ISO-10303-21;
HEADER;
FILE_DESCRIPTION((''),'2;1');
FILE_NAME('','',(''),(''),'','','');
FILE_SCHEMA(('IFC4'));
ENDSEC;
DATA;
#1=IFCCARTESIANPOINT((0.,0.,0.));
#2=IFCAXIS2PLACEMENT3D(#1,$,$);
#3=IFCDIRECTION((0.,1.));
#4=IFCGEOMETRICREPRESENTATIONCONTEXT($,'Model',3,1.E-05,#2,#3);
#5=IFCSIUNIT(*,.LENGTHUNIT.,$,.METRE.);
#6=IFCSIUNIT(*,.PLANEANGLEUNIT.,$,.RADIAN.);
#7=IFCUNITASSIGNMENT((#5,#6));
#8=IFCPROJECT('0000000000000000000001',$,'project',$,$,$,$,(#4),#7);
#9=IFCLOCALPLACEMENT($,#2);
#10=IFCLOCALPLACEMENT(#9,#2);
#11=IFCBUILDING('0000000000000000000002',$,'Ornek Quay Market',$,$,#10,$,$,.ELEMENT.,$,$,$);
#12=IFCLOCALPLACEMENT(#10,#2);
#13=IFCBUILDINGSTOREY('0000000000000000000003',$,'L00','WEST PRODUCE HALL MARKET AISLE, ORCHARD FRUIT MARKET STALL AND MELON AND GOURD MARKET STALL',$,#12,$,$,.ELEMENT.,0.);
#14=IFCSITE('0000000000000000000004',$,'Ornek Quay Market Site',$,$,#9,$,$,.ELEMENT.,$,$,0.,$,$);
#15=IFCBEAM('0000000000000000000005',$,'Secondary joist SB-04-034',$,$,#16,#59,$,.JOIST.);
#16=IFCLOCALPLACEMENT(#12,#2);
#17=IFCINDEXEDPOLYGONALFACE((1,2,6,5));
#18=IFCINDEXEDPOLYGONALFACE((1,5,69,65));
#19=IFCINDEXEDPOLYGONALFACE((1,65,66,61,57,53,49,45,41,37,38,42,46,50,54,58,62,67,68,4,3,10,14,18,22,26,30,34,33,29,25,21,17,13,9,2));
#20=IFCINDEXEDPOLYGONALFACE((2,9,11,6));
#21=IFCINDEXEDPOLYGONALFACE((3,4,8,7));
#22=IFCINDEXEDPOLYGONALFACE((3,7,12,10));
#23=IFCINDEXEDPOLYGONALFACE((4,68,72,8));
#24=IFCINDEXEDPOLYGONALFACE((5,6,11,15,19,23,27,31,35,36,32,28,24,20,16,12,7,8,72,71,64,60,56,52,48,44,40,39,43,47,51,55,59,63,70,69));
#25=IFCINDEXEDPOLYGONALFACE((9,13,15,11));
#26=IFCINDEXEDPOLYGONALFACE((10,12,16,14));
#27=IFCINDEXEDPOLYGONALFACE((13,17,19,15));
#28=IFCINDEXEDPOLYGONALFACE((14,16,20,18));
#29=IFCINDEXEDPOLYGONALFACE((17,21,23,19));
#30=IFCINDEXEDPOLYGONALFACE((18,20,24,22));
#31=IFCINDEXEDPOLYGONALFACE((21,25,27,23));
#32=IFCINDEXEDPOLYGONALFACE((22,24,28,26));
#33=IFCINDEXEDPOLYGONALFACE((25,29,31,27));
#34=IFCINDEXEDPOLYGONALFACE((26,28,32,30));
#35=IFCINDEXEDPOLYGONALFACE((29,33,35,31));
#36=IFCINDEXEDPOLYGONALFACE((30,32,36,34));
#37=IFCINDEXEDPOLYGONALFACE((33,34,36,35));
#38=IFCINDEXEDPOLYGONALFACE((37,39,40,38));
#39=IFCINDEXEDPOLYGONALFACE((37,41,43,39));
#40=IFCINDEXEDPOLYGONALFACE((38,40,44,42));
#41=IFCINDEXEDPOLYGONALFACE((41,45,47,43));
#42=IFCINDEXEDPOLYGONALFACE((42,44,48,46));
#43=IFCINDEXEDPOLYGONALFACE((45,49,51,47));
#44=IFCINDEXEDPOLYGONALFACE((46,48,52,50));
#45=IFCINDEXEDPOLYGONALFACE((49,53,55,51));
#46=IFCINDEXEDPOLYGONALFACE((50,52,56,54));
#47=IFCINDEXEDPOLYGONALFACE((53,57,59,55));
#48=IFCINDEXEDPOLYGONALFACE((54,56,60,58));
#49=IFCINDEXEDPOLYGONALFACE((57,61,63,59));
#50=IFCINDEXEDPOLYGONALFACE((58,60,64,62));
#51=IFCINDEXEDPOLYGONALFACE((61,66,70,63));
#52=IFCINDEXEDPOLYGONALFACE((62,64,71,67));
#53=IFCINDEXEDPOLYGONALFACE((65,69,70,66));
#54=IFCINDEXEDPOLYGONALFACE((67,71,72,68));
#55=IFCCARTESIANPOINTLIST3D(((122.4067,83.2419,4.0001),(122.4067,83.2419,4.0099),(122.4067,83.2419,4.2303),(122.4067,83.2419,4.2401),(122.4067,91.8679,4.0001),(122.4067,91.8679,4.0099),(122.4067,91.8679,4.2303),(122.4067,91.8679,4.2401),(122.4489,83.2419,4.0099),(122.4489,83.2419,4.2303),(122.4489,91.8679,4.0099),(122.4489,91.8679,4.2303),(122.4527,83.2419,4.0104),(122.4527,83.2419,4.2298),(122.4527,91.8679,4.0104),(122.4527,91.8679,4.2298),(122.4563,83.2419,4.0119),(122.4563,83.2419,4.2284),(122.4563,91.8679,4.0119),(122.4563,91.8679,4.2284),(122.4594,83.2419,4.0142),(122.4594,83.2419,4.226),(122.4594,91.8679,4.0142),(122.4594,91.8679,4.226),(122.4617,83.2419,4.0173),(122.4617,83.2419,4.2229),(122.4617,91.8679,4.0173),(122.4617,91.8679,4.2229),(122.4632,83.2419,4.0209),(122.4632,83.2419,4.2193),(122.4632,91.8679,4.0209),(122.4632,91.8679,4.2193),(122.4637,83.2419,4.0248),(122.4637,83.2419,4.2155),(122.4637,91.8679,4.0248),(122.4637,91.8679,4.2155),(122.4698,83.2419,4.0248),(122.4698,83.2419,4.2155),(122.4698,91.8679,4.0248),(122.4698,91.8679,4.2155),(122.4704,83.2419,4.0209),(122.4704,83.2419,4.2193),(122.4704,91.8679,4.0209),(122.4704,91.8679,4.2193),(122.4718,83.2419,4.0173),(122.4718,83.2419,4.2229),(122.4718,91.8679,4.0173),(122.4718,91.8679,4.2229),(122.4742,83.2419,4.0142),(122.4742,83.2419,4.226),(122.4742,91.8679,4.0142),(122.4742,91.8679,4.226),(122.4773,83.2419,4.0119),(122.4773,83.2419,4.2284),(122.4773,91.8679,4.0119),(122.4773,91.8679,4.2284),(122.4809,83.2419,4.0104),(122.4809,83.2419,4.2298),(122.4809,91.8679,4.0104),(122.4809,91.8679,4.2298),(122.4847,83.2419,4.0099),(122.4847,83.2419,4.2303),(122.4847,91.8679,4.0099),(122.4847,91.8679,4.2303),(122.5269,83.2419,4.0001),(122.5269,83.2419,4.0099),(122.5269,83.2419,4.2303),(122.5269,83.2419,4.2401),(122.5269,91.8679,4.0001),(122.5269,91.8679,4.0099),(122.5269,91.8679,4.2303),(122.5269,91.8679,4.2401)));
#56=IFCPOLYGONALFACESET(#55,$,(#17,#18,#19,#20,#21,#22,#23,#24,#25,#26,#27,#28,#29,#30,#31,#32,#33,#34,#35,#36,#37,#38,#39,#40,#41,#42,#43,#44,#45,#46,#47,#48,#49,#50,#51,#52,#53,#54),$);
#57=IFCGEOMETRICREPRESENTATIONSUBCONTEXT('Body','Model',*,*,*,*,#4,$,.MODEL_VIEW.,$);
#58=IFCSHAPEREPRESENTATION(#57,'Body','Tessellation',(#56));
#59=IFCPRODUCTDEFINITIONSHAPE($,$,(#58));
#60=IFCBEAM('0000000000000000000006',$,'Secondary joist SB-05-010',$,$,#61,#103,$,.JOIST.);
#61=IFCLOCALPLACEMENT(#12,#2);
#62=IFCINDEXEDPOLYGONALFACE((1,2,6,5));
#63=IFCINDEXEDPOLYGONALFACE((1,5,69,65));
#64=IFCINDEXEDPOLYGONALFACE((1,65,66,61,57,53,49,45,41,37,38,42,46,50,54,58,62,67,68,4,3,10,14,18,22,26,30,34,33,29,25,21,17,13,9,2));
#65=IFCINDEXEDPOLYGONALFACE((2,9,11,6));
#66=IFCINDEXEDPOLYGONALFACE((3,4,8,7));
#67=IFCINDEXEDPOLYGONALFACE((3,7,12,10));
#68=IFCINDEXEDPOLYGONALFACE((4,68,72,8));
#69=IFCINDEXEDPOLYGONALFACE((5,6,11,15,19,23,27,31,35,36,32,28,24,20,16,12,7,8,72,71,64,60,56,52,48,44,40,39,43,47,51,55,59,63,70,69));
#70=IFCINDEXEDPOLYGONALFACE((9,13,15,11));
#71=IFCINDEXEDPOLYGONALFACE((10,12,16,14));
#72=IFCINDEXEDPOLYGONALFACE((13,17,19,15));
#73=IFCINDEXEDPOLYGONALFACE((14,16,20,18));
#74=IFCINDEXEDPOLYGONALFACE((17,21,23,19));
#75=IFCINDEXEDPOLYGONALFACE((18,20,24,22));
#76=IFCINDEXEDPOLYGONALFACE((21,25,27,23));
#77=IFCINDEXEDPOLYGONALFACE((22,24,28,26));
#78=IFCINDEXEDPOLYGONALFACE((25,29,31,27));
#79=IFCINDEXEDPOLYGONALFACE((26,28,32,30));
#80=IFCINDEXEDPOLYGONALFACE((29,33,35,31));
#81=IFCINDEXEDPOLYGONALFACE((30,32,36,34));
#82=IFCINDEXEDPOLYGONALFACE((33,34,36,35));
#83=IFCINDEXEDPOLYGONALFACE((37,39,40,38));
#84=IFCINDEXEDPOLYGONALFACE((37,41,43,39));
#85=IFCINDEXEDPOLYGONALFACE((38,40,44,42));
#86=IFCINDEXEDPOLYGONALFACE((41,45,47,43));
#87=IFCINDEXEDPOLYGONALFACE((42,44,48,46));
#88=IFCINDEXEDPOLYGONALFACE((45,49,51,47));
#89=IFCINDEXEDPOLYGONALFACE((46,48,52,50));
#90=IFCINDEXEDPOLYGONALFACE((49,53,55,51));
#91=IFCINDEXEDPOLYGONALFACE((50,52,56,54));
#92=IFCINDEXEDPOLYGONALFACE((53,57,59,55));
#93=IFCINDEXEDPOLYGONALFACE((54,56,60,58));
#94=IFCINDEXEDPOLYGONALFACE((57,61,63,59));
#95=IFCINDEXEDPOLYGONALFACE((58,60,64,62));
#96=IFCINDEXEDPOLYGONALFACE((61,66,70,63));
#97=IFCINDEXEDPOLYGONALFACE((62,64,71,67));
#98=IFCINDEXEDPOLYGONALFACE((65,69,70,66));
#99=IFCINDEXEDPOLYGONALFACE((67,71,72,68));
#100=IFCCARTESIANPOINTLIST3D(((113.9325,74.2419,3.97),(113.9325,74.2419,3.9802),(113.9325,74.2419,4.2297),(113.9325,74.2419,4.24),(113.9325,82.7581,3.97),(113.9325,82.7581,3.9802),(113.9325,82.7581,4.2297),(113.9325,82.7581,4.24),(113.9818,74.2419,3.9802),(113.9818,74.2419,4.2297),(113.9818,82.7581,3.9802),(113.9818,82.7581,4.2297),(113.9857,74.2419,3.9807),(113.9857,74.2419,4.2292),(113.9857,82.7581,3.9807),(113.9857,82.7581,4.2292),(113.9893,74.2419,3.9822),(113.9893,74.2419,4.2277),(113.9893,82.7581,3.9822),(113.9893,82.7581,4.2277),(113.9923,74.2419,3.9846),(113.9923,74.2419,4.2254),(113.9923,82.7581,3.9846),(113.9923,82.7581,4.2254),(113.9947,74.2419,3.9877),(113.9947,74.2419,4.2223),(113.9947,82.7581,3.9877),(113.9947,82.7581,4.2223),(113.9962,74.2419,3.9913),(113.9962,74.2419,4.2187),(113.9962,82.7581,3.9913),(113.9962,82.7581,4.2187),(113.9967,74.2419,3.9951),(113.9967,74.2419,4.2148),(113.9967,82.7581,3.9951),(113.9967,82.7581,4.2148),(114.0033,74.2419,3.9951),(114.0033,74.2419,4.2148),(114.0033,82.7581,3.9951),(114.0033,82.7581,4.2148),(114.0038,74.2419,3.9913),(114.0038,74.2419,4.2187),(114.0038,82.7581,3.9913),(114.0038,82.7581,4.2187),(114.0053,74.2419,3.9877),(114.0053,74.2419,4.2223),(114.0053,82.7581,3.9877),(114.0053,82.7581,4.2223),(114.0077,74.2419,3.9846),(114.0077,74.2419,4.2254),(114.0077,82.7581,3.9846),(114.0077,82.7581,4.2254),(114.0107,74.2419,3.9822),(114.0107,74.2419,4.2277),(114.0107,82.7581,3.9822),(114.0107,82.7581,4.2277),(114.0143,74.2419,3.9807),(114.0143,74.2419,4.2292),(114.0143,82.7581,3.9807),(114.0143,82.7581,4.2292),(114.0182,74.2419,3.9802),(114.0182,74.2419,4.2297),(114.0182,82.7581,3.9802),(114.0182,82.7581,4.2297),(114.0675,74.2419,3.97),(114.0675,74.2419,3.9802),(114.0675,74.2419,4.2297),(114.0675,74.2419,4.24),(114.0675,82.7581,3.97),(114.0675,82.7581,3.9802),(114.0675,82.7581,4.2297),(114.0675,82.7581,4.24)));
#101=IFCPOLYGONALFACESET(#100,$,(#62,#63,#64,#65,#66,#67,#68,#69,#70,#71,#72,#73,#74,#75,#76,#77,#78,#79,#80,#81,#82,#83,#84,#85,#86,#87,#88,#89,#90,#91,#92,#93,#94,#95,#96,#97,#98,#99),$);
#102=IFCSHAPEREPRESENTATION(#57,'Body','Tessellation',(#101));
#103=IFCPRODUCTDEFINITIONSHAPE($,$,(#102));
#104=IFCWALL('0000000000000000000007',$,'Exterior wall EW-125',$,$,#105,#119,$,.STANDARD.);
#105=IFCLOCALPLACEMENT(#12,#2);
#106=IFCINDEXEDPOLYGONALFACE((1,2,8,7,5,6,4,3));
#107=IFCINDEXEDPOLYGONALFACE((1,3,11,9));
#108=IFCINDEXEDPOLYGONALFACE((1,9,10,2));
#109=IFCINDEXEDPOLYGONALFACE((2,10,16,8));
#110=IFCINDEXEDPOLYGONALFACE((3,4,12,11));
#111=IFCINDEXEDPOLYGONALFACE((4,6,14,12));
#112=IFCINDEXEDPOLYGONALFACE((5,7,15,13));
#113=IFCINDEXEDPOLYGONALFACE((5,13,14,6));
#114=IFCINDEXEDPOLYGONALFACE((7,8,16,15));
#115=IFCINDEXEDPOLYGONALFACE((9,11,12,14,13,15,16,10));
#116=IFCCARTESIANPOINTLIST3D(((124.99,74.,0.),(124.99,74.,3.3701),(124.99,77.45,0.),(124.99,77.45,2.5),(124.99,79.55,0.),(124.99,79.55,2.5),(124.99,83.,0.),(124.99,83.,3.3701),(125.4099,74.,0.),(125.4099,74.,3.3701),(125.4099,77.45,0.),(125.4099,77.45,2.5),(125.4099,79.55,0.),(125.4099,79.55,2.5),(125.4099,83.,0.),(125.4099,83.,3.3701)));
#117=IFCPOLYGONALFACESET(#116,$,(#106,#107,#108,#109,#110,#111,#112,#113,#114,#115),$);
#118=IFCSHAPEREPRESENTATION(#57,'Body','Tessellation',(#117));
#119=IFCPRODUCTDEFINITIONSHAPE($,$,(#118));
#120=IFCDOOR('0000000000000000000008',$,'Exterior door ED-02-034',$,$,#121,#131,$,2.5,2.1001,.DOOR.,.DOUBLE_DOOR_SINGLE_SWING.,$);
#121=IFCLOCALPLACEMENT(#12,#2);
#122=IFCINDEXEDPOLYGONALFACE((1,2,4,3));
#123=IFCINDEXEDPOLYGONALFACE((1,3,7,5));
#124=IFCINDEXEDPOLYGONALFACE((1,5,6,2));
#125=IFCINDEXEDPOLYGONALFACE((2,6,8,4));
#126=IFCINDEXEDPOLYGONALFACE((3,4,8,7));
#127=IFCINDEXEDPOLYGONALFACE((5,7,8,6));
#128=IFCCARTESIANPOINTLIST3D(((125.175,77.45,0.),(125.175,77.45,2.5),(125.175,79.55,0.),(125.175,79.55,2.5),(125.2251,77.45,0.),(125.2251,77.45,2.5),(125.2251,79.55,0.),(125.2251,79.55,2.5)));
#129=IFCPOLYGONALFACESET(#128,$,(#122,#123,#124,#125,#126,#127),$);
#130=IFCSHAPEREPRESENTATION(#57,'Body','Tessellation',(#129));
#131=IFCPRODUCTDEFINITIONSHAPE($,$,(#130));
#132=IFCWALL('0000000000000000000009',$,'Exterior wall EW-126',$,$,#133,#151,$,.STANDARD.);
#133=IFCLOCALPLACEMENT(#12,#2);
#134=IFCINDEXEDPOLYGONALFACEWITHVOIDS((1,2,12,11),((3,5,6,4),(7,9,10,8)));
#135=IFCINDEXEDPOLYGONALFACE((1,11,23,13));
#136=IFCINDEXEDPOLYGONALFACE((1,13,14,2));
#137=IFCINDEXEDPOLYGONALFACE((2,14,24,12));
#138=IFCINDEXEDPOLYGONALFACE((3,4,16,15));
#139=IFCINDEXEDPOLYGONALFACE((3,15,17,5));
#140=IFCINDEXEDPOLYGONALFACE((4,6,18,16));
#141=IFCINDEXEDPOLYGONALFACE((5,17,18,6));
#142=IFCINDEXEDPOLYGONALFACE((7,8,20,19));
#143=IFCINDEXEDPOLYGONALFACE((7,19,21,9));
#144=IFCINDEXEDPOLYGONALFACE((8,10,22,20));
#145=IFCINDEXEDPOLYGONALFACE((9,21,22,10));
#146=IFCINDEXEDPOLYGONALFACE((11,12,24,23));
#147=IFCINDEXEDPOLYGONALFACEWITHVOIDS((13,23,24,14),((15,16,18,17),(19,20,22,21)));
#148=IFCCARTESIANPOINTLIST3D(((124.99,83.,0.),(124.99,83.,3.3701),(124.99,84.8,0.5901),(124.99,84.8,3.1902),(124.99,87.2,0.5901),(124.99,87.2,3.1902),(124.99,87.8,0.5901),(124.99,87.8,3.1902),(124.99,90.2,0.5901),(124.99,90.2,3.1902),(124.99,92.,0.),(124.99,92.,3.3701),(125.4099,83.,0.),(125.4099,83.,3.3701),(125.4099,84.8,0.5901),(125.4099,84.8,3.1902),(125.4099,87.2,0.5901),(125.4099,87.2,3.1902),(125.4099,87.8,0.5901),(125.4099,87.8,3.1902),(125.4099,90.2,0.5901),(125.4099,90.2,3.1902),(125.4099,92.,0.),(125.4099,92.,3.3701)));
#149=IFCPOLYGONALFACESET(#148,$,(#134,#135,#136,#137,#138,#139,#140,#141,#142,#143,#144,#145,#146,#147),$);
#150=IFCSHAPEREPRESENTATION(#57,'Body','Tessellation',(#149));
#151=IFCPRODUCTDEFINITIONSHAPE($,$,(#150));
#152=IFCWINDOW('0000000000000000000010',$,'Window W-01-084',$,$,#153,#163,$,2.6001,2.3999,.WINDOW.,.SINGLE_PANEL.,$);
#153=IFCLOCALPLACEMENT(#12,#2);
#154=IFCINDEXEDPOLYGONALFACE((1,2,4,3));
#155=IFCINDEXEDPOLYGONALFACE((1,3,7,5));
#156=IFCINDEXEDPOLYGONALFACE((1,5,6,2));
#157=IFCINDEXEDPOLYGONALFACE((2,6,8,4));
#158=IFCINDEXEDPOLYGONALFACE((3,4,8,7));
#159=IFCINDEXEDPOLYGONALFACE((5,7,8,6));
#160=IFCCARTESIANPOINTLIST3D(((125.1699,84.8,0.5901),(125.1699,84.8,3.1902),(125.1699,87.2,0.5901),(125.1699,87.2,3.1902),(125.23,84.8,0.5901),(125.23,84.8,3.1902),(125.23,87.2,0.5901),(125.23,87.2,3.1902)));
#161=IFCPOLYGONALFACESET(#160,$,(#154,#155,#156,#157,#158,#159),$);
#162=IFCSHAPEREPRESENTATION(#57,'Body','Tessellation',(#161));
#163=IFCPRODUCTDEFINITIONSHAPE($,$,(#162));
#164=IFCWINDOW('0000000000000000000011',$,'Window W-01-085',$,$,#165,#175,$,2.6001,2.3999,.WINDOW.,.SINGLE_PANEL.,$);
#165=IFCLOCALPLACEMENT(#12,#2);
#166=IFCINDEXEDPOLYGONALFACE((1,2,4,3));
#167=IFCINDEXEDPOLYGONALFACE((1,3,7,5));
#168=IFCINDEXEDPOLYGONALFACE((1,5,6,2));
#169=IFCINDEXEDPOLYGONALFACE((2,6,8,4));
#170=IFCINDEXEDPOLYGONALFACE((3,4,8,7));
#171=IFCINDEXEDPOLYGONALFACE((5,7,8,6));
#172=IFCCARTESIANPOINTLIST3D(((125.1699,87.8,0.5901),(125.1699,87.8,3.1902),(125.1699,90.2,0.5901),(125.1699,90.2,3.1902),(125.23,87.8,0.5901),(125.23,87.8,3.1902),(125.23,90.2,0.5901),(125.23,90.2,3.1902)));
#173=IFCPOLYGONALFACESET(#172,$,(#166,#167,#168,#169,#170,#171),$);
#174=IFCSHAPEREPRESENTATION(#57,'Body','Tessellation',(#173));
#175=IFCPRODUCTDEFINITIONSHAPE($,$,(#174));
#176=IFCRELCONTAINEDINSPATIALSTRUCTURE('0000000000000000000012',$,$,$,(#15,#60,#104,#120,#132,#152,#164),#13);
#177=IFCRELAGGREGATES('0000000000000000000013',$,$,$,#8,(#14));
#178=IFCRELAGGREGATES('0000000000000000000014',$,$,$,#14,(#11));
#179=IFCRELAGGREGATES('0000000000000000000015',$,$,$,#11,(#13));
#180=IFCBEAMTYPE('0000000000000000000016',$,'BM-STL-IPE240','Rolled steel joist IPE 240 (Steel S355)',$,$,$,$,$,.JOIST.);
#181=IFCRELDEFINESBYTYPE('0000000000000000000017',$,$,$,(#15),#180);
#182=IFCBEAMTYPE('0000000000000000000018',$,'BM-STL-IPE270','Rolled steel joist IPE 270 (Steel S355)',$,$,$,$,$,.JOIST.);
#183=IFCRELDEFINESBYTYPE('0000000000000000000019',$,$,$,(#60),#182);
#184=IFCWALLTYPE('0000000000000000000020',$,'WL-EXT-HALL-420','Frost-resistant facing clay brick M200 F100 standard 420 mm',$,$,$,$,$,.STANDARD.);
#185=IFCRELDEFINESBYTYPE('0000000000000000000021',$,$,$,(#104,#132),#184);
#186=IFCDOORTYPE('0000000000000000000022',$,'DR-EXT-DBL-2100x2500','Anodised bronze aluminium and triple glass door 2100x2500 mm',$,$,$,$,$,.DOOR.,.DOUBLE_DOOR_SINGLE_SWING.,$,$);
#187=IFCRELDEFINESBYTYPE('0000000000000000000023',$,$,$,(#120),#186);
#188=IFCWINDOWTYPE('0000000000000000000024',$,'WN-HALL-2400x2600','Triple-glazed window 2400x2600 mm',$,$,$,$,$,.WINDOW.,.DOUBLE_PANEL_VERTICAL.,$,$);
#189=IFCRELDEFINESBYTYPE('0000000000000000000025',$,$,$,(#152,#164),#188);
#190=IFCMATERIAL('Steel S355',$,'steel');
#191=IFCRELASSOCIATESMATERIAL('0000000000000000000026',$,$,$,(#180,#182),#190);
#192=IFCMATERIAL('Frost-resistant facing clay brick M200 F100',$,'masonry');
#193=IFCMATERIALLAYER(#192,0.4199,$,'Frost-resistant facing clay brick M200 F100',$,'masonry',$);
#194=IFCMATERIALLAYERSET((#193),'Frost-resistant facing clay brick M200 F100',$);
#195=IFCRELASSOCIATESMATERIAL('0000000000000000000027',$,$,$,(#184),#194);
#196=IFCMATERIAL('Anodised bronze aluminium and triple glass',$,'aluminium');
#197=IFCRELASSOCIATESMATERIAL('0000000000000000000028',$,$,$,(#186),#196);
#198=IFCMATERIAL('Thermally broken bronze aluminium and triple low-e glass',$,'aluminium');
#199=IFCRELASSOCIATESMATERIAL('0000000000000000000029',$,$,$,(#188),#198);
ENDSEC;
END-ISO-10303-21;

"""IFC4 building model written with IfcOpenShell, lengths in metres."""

from ifc_helpers import new_model, si_unit, direction, frame, frame_2d, origin, origin_2d, place, context, subcontext, project, spatial, rectangle, i_section, extrude, material, layer, layer_set, material_profile, profile_set, type_object, element, fill, save


model = new_model("IFC4")

# Units and contexts
model_context = context("Model", 3, precision=1e-05, world=origin(), true_north=direction((0.0, 1.0)))
body_context = subcontext(model_context, "Body", "Model", "MODEL_VIEW")
ifc_project = project(units=[si_unit("LENGTHUNIT", "METRE"), si_unit("PLANEANGLEUNIT", "RADIAN")], contexts=[model_context])

# Site, building, storey
site_placement = place(None, origin())
site = spatial("IfcSite", under=ifc_project, at=site_placement, Name="Ornek Quay Market Site", CompositionType="ELEMENT", RefElevation=0.0)
building_placement = place(site_placement, origin())
building = spatial("IfcBuilding", under=site, at=building_placement, Name="Ornek Quay Market", CompositionType="ELEMENT")
storey_placement = place(building_placement, origin())
storey = spatial("IfcBuildingStorey", under=building, at=storey_placement, Name="L00", Description="WEST PRODUCE HALL MARKET AISLE, ORCHARD FRUIT MARKET STALL AND MELON AND GOURD MARKET STALL", CompositionType="ELEMENT", Elevation=0.0)

# Beams
ifc_material_1 = material(Name="Steel S355", Category="steel")
ifc_material_profile_1 = material_profile(ifc_material_1, i_section(OverallWidth=0.1201, OverallDepth=0.24, WebThickness=0.0061, FlangeThickness=0.0098, FilletRadius=0.0149, at=origin_2d()), Name="IPE 240", Category="steel")
ifc_profile_set_1 = profile_set([ifc_material_profile_1], Name="Steel S355")
beam_type_1 = type_object("IfcBeamType", Name="BM-STL-IPE240", Description="Rolled steel joist IPE 240 (Steel S355)", PredefinedType="JOIST", material=ifc_profile_set_1)
for number, where, z_axis, x_axis, name in (
    (1, (122.4668, 83.2419, 4.1201), (0.0, 1.0, 0.0), (-1.0, 0.0, 0.0), "Secondary joist SB-04-034"),
):
    element("IfcBeam", number, at=place(storey_placement, frame(where, z_axis=z_axis, x_axis=x_axis)), inside=storey, type_object=beam_type_1, Name=name, PredefinedType="JOIST", context=body_context, shape_type="SweptSolid", body=[
        extrude(i_section(OverallWidth=0.1201, OverallDepth=0.24, WebThickness=0.0061, FlangeThickness=0.0098, FilletRadius=0.0149, at=origin_2d()), origin(), (0.0, 0.0, 1.0), 8.626),
    ])
ifc_material_profile_2 = material_profile(ifc_material_1, i_section(OverallWidth=0.135, OverallDepth=0.27, WebThickness=0.0066, FlangeThickness=0.0103, FilletRadius=0.0149, at=origin_2d()), Name="IPE 270", Category="steel")
ifc_profile_set_2 = profile_set([ifc_material_profile_2], Name="Steel S355")
beam_type_2 = type_object("IfcBeamType", Name="BM-STL-IPE270", Description="Rolled steel joist IPE 270 (Steel S355)", PredefinedType="JOIST", material=ifc_profile_set_2)
beam_1_placement = place(storey_placement, frame((114.0, 74.2419, 4.105), z_axis=(0.0, 1.0, 0.0), x_axis=(-1.0, 0.0, 0.0)))
element("IfcBeam", 2, at=beam_1_placement, inside=storey, type_object=beam_type_2, Name="Secondary joist SB-05-010", PredefinedType="JOIST", context=body_context, shape_type="SweptSolid", body=[
    extrude(i_section(OverallWidth=0.135, OverallDepth=0.27, WebThickness=0.0066, FlangeThickness=0.0103, FilletRadius=0.0149, at=origin_2d()), origin(), (0.0, 0.0, 1.0), 8.5161),
])

# Wall, opening, door
ifc_material_2 = material(Name="Frost-resistant facing clay brick M200 F100", Category="masonry")
ifc_layer_1 = layer(ifc_material_2, 0.4199, Name="Frost-resistant facing clay brick M200 F100", Category="masonry")
ifc_layer_set_1 = layer_set([ifc_layer_1], Name="Frost-resistant facing clay brick M200 F100")
wall_type_1 = type_object("IfcWallType", Name="WL-EXT-HALL-420", Description="Frost-resistant facing clay brick M200 F100 standard 420 mm", PredefinedType="STANDARD", material=ifc_layer_set_1)
wall_1_placement = place(storey_placement, frame((125.2, 74.0, 0.0), z_axis=(0.0, 0.0, 1.0), x_axis=(0.0, 1.0, 0.0)))
wall_1 = element("IfcWall", 3, at=wall_1_placement, inside=storey, type_object=wall_type_1, Name="Exterior wall EW-125", PredefinedType="STANDARD", context=body_context, shape_type="SweptSolid", body=[
    extrude(rectangle(XDim=9.0, YDim=0.4199, at=frame_2d((4.5, 0.0))), origin(), (0.0, 0.0, 1.0), 3.3701),
])
opening_1_placement = place(wall_1_placement, frame((3.45, 0.0, 0.0)))
opening_1 = element("IfcOpeningElement", 4, at=opening_1_placement, cuts=wall_1, PredefinedType="OPENING", context=body_context, shape_type="SweptSolid", body=[
    extrude(rectangle(XDim=2.1001, YDim=2.5, at=frame_2d((1.05, 1.25))), frame((0.0, 0.22, 0.0), z_axis=(0.0, -1.0, 0.0), x_axis=(1.0, 0.0, 0.0)), (0.0, 0.0, 1.0), 0.4399),
])
ifc_material_3 = material(Name="Anodised bronze aluminium and triple glass", Category="aluminium")
door_type = type_object("IfcDoorType", Name="DR-EXT-DBL-2100x2500", Description="Anodised bronze aluminium and triple glass door 2100x2500 mm", OperationType="DOUBLE_DOOR_SINGLE_SWING", PredefinedType="DOOR", material=ifc_material_3)
door_placement = place(opening_1_placement, origin())
door = element("IfcDoor", 5, at=door_placement, inside=storey, type_object=door_type, Name="Exterior door ED-02-034", OperationType="DOUBLE_DOOR_SINGLE_SWING", OverallHeight=2.5, OverallWidth=2.1001, PredefinedType="DOOR", context=body_context, shape_type="SweptSolid", body=[
    extrude(rectangle(XDim=2.1001, YDim=2.5, at=frame_2d((1.05, 1.25))), frame((0.0, 0.0249, 0.0), z_axis=(0.0, -1.0, 0.0), x_axis=(1.0, 0.0, 0.0)), (0.0, 0.0, 1.0), 0.05),
])
fill(opening_1, door)

# Wall, openings, windows
wall_2_placement = place(storey_placement, frame((125.2, 83.0, 0.0), z_axis=(0.0, 0.0, 1.0), x_axis=(0.0, 1.0, 0.0)))
wall_2 = element("IfcWall", 6, at=wall_2_placement, inside=storey, type_object=wall_type_1, Name="Exterior wall EW-126", PredefinedType="STANDARD", context=body_context, shape_type="SweptSolid", body=[
    extrude(rectangle(XDim=9.0, YDim=0.4199, at=frame_2d((4.5, 0.0))), origin(), (0.0, 0.0, 1.0), 3.3701),
])
opening_2_placement = place(wall_2_placement, frame((1.8, 0.0, 0.5901)))
opening_2 = element("IfcOpeningElement", 7, at=opening_2_placement, cuts=wall_2, PredefinedType="OPENING", context=body_context, shape_type="SweptSolid", body=[
    extrude(rectangle(XDim=2.3999, YDim=2.6001, at=frame_2d((1.2, 1.3))), frame((0.0, 0.22, 0.0), z_axis=(0.0, -1.0, 0.0), x_axis=(1.0, 0.0, 0.0)), (0.0, 0.0, 1.0), 0.4399),
])
opening_3_placement = place(wall_2_placement, frame((4.8, 0.0, 0.5901)))
opening_3 = element("IfcOpeningElement", 8, at=opening_3_placement, cuts=wall_2, PredefinedType="OPENING", context=body_context, shape_type="SweptSolid", body=[
    extrude(rectangle(XDim=2.3999, YDim=2.6001, at=frame_2d((1.2, 1.3))), frame((0.0, 0.22, 0.0), z_axis=(0.0, -1.0, 0.0), x_axis=(1.0, 0.0, 0.0)), (0.0, 0.0, 1.0), 0.4399),
])
ifc_material_4 = material(Name="Thermally broken bronze aluminium and triple low-e glass", Category="aluminium")
window_type = type_object("IfcWindowType", Name="WN-HALL-2400x2600", Description="Triple-glazed window 2400x2600 mm", PartitioningType="DOUBLE_PANEL_VERTICAL", PredefinedType="WINDOW", material=ifc_material_4)
window_1_placement = place(opening_2_placement, origin())
window_1 = element("IfcWindow", 9, at=window_1_placement, inside=storey, type_object=window_type, Name="Window W-01-084", OverallHeight=2.6001, OverallWidth=2.3999, PartitioningType="SINGLE_PANEL", PredefinedType="WINDOW", context=body_context, shape_type="SweptSolid", body=[
    extrude(rectangle(XDim=2.3999, YDim=2.6001, at=frame_2d((1.2, 1.3))), frame((0.0, 0.03, 0.0), z_axis=(0.0, -1.0, 0.0), x_axis=(1.0, 0.0, 0.0)), (0.0, 0.0, 1.0), 0.0601),
])
fill(opening_2, window_1)
window_2_placement = place(opening_3_placement, origin())
window_2 = element("IfcWindow", 10, at=window_2_placement, inside=storey, type_object=window_type, Name="Window W-01-085", OverallHeight=2.6001, OverallWidth=2.3999, PartitioningType="SINGLE_PANEL", PredefinedType="WINDOW", context=body_context, shape_type="SweptSolid", body=[
    extrude(rectangle(XDim=2.3999, YDim=2.6001, at=frame_2d((1.2, 1.3))), frame((0.0, 0.03, 0.0), z_axis=(0.0, -1.0, 0.0), x_axis=(1.0, 0.0, 0.0)), (0.0, 0.0, 1.0), 0.0601),
])
fill(opening_3, window_2)

save(model, "model.ifc")
